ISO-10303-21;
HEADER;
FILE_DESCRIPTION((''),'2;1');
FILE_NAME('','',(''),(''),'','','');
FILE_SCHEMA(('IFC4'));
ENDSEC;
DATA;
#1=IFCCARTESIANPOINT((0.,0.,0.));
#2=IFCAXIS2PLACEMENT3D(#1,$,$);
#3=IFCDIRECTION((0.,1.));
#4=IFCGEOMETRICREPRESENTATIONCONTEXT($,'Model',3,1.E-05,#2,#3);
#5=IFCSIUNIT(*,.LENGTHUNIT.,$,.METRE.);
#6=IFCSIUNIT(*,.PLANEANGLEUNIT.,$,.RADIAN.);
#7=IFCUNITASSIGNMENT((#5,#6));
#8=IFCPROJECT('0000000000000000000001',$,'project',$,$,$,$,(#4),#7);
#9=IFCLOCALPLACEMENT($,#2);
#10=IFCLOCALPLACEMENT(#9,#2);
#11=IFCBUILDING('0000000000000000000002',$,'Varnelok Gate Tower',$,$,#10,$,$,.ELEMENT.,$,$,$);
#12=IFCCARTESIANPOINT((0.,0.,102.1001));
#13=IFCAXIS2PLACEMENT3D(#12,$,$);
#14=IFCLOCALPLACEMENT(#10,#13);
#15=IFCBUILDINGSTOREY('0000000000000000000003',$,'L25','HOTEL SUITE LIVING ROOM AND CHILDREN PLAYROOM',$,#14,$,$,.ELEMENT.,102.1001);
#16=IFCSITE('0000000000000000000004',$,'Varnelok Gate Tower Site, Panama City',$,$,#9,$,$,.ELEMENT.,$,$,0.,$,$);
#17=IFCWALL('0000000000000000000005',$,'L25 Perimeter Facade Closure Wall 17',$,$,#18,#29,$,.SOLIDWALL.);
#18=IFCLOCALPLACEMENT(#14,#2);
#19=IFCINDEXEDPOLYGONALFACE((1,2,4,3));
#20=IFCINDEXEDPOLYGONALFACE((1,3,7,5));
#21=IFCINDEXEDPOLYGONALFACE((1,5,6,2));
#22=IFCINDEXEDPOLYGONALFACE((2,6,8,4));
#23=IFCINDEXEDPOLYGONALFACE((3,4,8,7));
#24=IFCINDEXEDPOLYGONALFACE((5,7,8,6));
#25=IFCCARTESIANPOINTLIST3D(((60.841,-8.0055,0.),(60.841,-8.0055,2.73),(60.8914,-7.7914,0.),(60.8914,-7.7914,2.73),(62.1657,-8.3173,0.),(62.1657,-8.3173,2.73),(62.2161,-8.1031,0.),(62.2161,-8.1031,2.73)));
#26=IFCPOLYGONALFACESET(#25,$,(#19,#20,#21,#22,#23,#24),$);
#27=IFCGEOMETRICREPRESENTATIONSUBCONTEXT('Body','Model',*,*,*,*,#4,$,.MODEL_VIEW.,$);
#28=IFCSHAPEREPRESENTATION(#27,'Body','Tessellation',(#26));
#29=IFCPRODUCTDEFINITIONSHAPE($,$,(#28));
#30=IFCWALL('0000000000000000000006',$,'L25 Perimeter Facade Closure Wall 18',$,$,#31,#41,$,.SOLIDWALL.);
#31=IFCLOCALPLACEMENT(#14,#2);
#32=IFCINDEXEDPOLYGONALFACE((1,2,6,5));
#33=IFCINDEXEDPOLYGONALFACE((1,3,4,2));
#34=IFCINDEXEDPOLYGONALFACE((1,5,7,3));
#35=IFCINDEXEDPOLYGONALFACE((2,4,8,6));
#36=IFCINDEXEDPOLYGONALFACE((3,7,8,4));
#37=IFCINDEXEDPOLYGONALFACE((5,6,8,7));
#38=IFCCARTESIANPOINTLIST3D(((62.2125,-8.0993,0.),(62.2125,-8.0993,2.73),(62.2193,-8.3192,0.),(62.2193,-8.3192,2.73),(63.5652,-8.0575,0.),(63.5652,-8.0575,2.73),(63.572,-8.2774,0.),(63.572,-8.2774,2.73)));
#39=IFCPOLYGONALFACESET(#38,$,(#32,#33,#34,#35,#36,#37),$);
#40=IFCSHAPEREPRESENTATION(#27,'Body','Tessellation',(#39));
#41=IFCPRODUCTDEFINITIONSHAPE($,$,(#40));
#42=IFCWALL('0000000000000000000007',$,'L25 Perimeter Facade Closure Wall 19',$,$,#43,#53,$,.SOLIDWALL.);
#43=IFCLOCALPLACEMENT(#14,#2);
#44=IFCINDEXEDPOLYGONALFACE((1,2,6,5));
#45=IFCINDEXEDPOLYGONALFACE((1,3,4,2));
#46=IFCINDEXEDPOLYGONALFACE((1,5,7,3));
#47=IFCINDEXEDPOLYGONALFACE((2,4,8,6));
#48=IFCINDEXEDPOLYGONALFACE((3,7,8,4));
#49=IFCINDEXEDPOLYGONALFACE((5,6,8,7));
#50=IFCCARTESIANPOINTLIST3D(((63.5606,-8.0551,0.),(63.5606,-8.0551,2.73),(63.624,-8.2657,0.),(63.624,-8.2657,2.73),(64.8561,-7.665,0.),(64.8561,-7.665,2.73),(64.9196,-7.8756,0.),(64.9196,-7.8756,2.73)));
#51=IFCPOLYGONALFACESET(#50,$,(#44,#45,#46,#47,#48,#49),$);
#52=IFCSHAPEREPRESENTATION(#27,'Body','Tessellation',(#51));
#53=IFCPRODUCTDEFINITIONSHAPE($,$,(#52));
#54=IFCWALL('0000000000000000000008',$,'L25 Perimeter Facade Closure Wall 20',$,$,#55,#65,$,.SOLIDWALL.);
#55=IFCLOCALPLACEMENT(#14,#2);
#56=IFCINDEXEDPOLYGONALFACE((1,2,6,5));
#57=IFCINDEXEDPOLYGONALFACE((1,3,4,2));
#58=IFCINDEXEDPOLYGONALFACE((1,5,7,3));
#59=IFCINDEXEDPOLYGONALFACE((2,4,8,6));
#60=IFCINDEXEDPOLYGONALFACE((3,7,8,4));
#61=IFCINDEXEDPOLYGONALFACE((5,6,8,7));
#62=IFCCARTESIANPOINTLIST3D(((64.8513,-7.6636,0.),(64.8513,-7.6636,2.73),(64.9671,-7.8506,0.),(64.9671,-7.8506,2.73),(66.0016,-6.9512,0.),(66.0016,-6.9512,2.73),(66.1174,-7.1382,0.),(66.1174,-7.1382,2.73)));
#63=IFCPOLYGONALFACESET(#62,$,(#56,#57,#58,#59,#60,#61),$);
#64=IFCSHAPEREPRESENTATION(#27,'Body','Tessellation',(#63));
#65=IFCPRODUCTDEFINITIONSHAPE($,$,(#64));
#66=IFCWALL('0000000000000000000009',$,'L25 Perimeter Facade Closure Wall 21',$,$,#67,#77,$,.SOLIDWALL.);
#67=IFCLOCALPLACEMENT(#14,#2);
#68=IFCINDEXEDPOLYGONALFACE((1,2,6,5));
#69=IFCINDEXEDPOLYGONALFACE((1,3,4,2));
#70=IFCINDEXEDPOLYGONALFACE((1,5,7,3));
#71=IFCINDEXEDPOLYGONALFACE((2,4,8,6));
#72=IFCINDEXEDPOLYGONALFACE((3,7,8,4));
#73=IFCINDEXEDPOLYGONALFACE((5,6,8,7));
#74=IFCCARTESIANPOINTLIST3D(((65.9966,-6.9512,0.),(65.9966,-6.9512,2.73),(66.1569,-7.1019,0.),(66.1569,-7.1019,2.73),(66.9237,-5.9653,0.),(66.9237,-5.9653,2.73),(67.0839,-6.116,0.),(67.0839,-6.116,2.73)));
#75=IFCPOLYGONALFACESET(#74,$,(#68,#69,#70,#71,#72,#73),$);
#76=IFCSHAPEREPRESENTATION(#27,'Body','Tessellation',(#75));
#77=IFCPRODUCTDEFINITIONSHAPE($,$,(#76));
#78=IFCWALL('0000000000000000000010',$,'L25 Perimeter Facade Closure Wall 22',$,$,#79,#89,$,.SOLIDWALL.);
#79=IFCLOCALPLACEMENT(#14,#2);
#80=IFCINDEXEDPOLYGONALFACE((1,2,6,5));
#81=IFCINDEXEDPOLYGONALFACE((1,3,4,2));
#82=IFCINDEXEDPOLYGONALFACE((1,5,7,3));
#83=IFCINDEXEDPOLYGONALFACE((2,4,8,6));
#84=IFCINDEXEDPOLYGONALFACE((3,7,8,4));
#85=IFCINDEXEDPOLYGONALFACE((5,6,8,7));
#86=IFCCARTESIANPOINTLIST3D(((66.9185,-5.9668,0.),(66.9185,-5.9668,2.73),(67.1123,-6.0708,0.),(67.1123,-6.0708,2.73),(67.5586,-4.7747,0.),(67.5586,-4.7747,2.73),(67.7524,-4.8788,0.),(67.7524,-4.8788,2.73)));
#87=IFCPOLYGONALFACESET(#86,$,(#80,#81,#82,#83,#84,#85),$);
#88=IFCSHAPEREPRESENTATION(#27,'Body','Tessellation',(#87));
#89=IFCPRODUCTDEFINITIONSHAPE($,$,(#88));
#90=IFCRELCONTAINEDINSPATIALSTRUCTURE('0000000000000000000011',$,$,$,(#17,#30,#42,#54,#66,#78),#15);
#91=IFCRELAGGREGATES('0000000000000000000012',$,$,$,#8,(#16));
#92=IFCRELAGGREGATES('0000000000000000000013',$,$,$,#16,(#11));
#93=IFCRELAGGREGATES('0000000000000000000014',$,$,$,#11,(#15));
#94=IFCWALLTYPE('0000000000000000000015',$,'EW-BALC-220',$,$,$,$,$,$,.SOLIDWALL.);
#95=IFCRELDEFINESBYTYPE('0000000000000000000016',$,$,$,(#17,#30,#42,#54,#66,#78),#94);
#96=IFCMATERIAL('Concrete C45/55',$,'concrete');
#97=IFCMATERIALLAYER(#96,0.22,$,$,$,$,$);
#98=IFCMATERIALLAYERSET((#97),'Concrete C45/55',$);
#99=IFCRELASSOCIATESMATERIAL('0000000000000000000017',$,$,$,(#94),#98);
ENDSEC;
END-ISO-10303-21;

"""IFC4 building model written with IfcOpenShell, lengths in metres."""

from ifc_helpers import new_model, si_unit, direction, frame, frame_2d, origin, place, context, subcontext, project, spatial, rectangle, extrude, material, layer, layer_set, type_object, element, save


model = new_model("IFC4")

# Units and contexts
model_context = context("Model", 3, precision=1e-05, world=origin(), true_north=direction((0.0, 1.0)))
body_context = subcontext(model_context, "Body", "Model", "MODEL_VIEW")
ifc_project = project(units=[si_unit("LENGTHUNIT", "METRE"), si_unit("PLANEANGLEUNIT", "RADIAN")], contexts=[model_context])

# Site, building, storey
site_placement = place(None, origin())
site = spatial("IfcSite", under=ifc_project, at=site_placement, Name="Varnelok Gate Tower Site, Panama City", CompositionType="ELEMENT", RefElevation=0.0)
building_placement = place(site_placement, origin())
building = spatial("IfcBuilding", under=site, at=building_placement, Name="Varnelok Gate Tower", CompositionType="ELEMENT")
storey_placement = place(building_placement, frame((0.0, 0.0, 102.1001)))
storey = spatial("IfcBuildingStorey", under=building, at=storey_placement, Name="L25", Description="HOTEL SUITE LIVING ROOM AND CHILDREN PLAYROOM", CompositionType="ELEMENT", Elevation=102.1001)

# Walls
ifc_material_1 = material(Name="Concrete C45/55", Category="concrete")
ifc_layer_1 = layer(ifc_material_1, 0.22)
ifc_layer_set_1 = layer_set([ifc_layer_1], Name="Concrete C45/55")
wall_type = type_object("IfcWallType", Name="EW-BALC-220", PredefinedType="SOLIDWALL", material=ifc_layer_set_1)
wall_1_placement = place(storey_placement, frame((60.8662, -7.8984, 0.0), z_axis=(0.0, 0.0, 1.0), x_axis=(0.973405, -0.229089, 0.0)))
element("IfcWall", 1, at=wall_1_placement, inside=storey, type_object=wall_type, Name="L25 Perimeter Facade Closure Wall 17", PredefinedType="SOLIDWALL", context=body_context, shape_type="SweptSolid", body=[
    extrude(rectangle(XDim=1.3608, YDim=0.22, at=frame_2d((0.6804, 0.0))), origin(), (0.0, 0.0, 1.0), 2.73),
])
wall_2_placement = place(storey_placement, frame((62.2158, -8.2092, 0.0), z_axis=(0.0, 0.0, 1.0), x_axis=(0.999524, 0.030852, 0.0)))
element("IfcWall", 2, at=wall_2_placement, inside=storey, type_object=wall_type, Name="L25 Perimeter Facade Closure Wall 18", PredefinedType="SOLIDWALL", context=body_context, shape_type="SweptSolid", body=[
    extrude(rectangle(XDim=1.3533, YDim=0.22, at=frame_2d((0.6768, 0.0))), origin(), (0.0, 0.0, 1.0), 2.73),
])
for number, where, z_axis, x_axis, name in (
    (3, (63.5923, -8.1604, 0.0), (0.0, 0.0, 1.0), (0.957533, 0.288324, 0.0), "L25 Perimeter Facade Closure Wall 19"),
    (4, (64.9092, -7.7571, 0.0), (0.0, 0.0, 1.0), (0.850181, 0.526491, 0.0), "L25 Perimeter Facade Closure Wall 20"),
):
    element("IfcWall", number, at=place(storey_placement, frame(where, z_axis=z_axis, x_axis=x_axis)), inside=storey, type_object=wall_type, Name=name, PredefinedType="SOLIDWALL", context=body_context, shape_type="SweptSolid", body=[
        extrude(rectangle(XDim=1.353, YDim=0.22, at=frame_2d((0.6765, 0.0))), origin(), (0.0, 0.0, 1.0), 2.73),
    ])
wall_3_placement = place(storey_placement, frame((66.0767, -7.0266, 0.0), z_axis=(0.0, 0.0, 1.0), x_axis=(0.685033, 0.728512, 0.0)))
element("IfcWall", 5, at=wall_3_placement, inside=storey, type_object=wall_type, Name="L25 Perimeter Facade Closure Wall 21", PredefinedType="SOLIDWALL", context=body_context, shape_type="SweptSolid", body=[
    extrude(rectangle(XDim=1.3533, YDim=0.22, at=frame_2d((0.6768, 0.0))), origin(), (0.0, 0.0, 1.0), 2.73),
])
wall_4_placement = place(storey_placement, frame((67.0154, -6.0188, 0.0), z_axis=(0.0, 0.0, 1.0), x_axis=(0.473077, 0.881021, 0.0)))
element("IfcWall", 6, at=wall_4_placement, inside=storey, type_object=wall_type, Name="L25 Perimeter Facade Closure Wall 22", PredefinedType="SOLIDWALL", context=body_context, shape_type="SweptSolid", body=[
    extrude(rectangle(XDim=1.353, YDim=0.22, at=frame_2d((0.6765, 0.0))), origin(), (0.0, 0.0, 1.0), 2.73),
])

save(model, "model.ifc")
